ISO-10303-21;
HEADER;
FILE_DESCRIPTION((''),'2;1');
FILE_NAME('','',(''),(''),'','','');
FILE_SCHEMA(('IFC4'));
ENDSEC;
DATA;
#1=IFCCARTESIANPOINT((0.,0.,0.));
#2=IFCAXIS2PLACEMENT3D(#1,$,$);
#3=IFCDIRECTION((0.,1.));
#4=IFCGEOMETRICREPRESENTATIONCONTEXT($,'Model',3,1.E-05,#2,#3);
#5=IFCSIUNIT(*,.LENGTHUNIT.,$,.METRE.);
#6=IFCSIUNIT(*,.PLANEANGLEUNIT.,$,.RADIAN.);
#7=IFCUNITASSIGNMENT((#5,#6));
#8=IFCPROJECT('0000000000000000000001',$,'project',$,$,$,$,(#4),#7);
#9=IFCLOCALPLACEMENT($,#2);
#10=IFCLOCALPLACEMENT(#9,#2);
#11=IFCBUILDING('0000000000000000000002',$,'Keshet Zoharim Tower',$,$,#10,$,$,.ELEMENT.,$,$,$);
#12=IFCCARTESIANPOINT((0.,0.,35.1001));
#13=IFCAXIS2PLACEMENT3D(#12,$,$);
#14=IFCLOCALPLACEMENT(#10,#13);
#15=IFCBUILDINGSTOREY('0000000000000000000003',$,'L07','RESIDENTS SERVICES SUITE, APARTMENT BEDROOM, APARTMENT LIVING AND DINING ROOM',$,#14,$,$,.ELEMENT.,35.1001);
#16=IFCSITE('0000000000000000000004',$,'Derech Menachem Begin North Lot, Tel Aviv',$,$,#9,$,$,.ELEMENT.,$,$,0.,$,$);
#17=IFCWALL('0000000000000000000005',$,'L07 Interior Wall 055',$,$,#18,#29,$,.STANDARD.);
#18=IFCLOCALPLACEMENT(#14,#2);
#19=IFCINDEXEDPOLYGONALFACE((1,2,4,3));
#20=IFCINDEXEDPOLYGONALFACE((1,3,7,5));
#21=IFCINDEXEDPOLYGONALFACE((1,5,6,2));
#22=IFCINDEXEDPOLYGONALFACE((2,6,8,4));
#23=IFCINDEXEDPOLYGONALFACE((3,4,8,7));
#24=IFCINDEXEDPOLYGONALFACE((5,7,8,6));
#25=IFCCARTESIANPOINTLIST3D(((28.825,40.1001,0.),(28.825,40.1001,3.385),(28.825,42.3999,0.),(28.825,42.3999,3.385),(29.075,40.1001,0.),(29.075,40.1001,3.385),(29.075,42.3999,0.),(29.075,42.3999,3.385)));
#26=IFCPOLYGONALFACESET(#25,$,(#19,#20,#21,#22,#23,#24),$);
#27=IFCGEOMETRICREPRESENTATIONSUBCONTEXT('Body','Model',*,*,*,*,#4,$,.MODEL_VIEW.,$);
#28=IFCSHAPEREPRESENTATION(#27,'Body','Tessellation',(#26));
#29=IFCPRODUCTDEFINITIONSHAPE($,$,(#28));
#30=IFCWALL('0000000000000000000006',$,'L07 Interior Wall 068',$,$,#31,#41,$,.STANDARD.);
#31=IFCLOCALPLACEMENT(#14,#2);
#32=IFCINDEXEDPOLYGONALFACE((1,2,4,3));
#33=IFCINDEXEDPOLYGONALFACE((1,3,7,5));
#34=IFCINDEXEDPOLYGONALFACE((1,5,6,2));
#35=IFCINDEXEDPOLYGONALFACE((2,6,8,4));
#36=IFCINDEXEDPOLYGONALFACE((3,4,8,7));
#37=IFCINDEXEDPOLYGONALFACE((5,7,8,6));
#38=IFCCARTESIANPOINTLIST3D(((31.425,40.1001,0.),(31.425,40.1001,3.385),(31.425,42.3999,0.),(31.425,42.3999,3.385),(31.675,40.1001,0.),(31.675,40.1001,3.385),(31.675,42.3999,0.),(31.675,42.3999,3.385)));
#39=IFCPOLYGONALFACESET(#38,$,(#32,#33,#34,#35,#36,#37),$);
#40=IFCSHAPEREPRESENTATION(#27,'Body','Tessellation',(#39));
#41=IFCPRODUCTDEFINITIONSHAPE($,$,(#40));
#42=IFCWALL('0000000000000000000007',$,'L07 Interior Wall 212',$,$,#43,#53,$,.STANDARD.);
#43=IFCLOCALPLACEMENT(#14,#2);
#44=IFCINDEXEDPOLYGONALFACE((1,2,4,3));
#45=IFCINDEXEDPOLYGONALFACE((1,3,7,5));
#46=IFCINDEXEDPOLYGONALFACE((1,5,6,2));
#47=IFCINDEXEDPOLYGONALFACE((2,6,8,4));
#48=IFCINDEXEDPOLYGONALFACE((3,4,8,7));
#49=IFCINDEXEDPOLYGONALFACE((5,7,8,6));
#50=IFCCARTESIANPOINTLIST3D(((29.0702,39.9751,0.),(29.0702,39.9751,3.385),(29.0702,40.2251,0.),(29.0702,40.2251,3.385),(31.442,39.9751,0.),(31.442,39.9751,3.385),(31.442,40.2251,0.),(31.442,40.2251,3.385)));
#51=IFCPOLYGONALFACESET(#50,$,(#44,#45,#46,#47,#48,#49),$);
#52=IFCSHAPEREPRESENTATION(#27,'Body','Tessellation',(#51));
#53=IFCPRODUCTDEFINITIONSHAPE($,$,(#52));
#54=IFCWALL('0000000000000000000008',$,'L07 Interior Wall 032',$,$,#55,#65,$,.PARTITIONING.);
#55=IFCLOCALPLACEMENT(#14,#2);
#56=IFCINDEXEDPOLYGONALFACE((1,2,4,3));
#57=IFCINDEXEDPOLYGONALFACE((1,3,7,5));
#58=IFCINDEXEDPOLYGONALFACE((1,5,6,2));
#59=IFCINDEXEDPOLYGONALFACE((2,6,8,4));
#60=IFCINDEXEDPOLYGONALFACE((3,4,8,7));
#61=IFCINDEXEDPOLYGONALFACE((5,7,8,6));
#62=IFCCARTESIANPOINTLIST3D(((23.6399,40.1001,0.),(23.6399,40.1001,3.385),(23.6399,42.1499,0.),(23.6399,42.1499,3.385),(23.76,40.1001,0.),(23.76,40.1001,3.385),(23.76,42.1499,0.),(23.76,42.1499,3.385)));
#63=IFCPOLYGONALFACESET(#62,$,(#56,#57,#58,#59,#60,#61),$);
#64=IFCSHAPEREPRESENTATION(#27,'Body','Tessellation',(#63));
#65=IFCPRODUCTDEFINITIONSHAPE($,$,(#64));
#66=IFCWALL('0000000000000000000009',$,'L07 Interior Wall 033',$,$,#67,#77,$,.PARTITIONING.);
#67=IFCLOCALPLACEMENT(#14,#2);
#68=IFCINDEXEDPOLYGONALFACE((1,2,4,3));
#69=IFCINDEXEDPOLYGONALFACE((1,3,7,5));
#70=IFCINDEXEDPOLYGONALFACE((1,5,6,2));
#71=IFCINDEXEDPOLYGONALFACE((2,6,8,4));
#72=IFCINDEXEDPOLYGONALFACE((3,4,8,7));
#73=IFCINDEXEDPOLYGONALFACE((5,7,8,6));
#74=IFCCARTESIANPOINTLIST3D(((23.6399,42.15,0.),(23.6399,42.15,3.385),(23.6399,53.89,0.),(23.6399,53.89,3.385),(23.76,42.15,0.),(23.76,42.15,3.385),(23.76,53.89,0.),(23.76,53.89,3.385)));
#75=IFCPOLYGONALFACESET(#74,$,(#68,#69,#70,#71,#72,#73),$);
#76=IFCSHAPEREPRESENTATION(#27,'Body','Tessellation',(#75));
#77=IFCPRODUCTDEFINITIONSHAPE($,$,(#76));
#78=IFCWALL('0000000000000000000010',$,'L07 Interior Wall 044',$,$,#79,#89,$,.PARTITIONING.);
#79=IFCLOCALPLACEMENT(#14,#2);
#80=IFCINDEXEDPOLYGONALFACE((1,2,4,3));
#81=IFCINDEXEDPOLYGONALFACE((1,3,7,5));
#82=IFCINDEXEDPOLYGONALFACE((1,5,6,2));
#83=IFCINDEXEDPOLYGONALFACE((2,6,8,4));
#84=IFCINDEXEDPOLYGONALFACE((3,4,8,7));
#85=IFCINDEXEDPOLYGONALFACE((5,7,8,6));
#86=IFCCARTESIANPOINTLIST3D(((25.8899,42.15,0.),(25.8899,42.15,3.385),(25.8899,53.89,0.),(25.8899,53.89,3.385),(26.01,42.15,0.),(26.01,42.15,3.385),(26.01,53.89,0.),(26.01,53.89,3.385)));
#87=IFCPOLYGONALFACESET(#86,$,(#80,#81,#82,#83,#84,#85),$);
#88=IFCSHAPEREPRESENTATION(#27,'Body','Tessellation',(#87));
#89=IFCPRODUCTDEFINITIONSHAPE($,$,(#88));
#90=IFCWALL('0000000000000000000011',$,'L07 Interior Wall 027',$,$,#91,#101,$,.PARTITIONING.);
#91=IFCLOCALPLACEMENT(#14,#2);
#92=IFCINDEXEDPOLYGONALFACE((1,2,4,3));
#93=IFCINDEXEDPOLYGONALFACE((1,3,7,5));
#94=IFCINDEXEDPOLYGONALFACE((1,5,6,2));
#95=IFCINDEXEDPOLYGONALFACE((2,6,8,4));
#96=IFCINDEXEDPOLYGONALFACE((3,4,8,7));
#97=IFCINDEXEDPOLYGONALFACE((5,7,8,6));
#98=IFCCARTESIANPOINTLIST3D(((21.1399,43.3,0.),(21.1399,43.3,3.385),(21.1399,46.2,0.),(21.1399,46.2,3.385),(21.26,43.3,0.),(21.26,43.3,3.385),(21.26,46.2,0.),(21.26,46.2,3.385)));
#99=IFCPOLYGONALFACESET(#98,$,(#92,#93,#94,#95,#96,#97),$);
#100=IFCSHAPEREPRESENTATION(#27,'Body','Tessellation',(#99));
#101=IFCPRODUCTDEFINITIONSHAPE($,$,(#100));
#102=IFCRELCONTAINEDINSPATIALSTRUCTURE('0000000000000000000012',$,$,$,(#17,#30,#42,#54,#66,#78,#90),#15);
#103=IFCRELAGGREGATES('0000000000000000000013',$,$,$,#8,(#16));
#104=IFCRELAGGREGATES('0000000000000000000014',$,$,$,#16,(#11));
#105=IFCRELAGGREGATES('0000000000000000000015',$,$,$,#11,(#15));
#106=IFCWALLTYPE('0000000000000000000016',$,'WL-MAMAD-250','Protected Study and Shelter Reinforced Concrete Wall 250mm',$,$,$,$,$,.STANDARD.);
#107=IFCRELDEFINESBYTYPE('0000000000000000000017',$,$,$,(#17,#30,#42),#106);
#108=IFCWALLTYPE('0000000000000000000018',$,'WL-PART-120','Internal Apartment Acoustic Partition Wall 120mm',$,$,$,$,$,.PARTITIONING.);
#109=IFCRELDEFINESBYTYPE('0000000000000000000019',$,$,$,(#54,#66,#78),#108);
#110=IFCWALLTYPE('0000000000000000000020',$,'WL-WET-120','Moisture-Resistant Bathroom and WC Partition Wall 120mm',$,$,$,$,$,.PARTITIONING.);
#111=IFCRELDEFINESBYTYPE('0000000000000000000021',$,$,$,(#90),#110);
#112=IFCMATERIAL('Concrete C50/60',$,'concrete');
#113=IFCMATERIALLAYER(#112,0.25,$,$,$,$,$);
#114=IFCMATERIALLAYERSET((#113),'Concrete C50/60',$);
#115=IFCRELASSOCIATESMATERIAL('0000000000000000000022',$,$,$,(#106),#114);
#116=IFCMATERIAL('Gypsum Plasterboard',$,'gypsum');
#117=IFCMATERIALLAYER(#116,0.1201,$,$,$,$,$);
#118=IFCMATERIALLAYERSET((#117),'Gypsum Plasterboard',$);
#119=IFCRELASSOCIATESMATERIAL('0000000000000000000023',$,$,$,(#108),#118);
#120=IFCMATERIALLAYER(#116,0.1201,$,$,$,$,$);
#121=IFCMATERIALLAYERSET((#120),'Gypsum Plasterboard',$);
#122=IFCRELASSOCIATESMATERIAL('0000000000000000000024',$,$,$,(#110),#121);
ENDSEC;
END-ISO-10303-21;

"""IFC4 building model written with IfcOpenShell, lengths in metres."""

from ifc_helpers import new_model, si_unit, direction, frame, frame_2d, origin, place, context, subcontext, project, spatial, rectangle, extrude, material, layer, layer_set, type_object, element, save


model = new_model("IFC4")

# Units and contexts
model_context = context("Model", 3, precision=1e-05, world=origin(), true_north=direction((0.0, 1.0)))
body_context = subcontext(model_context, "Body", "Model", "MODEL_VIEW")
ifc_project = project(units=[si_unit("LENGTHUNIT", "METRE"), si_unit("PLANEANGLEUNIT", "RADIAN")], contexts=[model_context])

# Site, building, storey
site_placement = place(None, origin())
site = spatial("IfcSite", under=ifc_project, at=site_placement, Name="Derech Menachem Begin North Lot, Tel Aviv", CompositionType="ELEMENT", RefElevation=0.0)
building_placement = place(site_placement, origin())
building = spatial("IfcBuilding", under=site, at=building_placement, Name="Keshet Zoharim Tower", CompositionType="ELEMENT")
storey_placement = place(building_placement, frame((0.0, 0.0, 35.1001)))
storey = spatial("IfcBuildingStorey", under=building, at=storey_placement, Name="L07", Description="RESIDENTS SERVICES SUITE, APARTMENT BEDROOM, APARTMENT LIVING AND DINING ROOM", CompositionType="ELEMENT", Elevation=35.1001)

# Shared definitions
ifc_material_1 = material(Name="Gypsum Plasterboard", Category="gypsum")

# Walls
ifc_material_2 = material(Name="Concrete C50/60", Category="concrete")
ifc_layer_1 = layer(ifc_material_2, 0.25)
ifc_layer_set_1 = layer_set([ifc_layer_1], Name="Concrete C50/60")
wall_type_1 = type_object("IfcWallType", Name="WL-MAMAD-250", Description="Protected Study and Shelter Reinforced Concrete Wall 250mm", PredefinedType="STANDARD", material=ifc_layer_set_1)
for number, where, z_axis, x_axis, name in (
    (1, (28.95, 40.1001, 0.0), (0.0, 0.0, 1.0), (0.0, 1.0, 0.0), "L07 Interior Wall 055"),
    (2, (31.55, 40.1001, 0.0), (0.0, 0.0, 1.0), (0.0, 1.0, 0.0), "L07 Interior Wall 068"),
):
    element("IfcWall", number, at=place(storey_placement, frame(where, z_axis=z_axis, x_axis=x_axis)), inside=storey, type_object=wall_type_1, Name=name, PredefinedType="STANDARD", context=body_context, shape_type="SweptSolid", body=[
        extrude(rectangle(XDim=2.2998, YDim=0.25, at=frame_2d((1.1499, 0.0))), origin(), (0.0, 0.0, 1.0), 3.385),
    ])
wall_1_placement = place(storey_placement, frame((29.0701, 40.1001, 0.0), z_axis=(0.0, 0.0, 1.0), x_axis=(1.0, 0.0, 0.0)))
element("IfcWall", 3, at=wall_1_placement, inside=storey, type_object=wall_type_1, Name="L07 Interior Wall 212", PredefinedType="STANDARD", context=body_context, shape_type="SweptSolid", body=[
    extrude(rectangle(XDim=2.3718, YDim=0.25, at=frame_2d((1.186, 0.0))), origin(), (0.0, 0.0, 1.0), 3.385),
])

# Shared definitions
ifc_layer_2 = layer(ifc_material_1, 0.1201)
ifc_layer_set_2 = layer_set([ifc_layer_2], Name="Gypsum Plasterboard")
wall_type_2 = type_object("IfcWallType", Name="WL-PART-120", Description="Internal Apartment Acoustic Partition Wall 120mm", PredefinedType="PARTITIONING", material=ifc_layer_set_2)

# Walls
wall_2_placement = place(storey_placement, frame((23.7, 40.1001, 0.0), z_axis=(0.0, 0.0, 1.0), x_axis=(0.0, 1.0, 0.0)))
element("IfcWall", 4, at=wall_2_placement, inside=storey, type_object=wall_type_2, Name="L07 Interior Wall 032", PredefinedType="PARTITIONING", context=body_context, shape_type="SweptSolid", body=[
    extrude(rectangle(XDim=2.0498, YDim=0.1201, at=frame_2d((1.0249, 0.0))), origin(), (0.0, 0.0, 1.0), 3.385),
])
for number, where, z_axis, x_axis, name in (
    (5, (23.7, 42.1499, 0.0), (0.0, 0.0, 1.0), (0.0, 1.0, 0.0), "L07 Interior Wall 033"),
    (6, (25.95, 42.1499, 0.0), (0.0, 0.0, 1.0), (0.0, 1.0, 0.0), "L07 Interior Wall 044"),
):
    element("IfcWall", number, at=place(storey_placement, frame(where, z_axis=z_axis, x_axis=x_axis)), inside=storey, type_object=wall_type_2, Name=name, PredefinedType="PARTITIONING", context=body_context, shape_type="SweptSolid", body=[
        extrude(rectangle(XDim=11.74, YDim=0.1201, at=frame_2d((5.8701, 0.0))), origin(), (0.0, 0.0, 1.0), 3.385),
    ])

# Wall
ifc_layer_3 = layer(ifc_material_1, 0.1201)
ifc_layer_set_3 = layer_set([ifc_layer_3], Name="Gypsum Plasterboard")
wall_type_3 = type_object("IfcWallType", Name="WL-WET-120", Description="Moisture-Resistant Bathroom and WC Partition Wall 120mm", PredefinedType="PARTITIONING", material=ifc_layer_set_3)
wall_3_placement = place(storey_placement, frame((21.2, 43.3, 0.0), z_axis=(0.0, 0.0, 1.0), x_axis=(0.0, 1.0, 0.0)))
element("IfcWall", 7, at=wall_3_placement, inside=storey, type_object=wall_type_3, Name="L07 Interior Wall 027", PredefinedType="PARTITIONING", context=body_context, shape_type="SweptSolid", body=[
    extrude(rectangle(XDim=2.8999, YDim=0.1201, at=frame_2d((1.45, 0.0))), origin(), (0.0, 0.0, 1.0), 3.385),
])

save(model, "model.ifc")
